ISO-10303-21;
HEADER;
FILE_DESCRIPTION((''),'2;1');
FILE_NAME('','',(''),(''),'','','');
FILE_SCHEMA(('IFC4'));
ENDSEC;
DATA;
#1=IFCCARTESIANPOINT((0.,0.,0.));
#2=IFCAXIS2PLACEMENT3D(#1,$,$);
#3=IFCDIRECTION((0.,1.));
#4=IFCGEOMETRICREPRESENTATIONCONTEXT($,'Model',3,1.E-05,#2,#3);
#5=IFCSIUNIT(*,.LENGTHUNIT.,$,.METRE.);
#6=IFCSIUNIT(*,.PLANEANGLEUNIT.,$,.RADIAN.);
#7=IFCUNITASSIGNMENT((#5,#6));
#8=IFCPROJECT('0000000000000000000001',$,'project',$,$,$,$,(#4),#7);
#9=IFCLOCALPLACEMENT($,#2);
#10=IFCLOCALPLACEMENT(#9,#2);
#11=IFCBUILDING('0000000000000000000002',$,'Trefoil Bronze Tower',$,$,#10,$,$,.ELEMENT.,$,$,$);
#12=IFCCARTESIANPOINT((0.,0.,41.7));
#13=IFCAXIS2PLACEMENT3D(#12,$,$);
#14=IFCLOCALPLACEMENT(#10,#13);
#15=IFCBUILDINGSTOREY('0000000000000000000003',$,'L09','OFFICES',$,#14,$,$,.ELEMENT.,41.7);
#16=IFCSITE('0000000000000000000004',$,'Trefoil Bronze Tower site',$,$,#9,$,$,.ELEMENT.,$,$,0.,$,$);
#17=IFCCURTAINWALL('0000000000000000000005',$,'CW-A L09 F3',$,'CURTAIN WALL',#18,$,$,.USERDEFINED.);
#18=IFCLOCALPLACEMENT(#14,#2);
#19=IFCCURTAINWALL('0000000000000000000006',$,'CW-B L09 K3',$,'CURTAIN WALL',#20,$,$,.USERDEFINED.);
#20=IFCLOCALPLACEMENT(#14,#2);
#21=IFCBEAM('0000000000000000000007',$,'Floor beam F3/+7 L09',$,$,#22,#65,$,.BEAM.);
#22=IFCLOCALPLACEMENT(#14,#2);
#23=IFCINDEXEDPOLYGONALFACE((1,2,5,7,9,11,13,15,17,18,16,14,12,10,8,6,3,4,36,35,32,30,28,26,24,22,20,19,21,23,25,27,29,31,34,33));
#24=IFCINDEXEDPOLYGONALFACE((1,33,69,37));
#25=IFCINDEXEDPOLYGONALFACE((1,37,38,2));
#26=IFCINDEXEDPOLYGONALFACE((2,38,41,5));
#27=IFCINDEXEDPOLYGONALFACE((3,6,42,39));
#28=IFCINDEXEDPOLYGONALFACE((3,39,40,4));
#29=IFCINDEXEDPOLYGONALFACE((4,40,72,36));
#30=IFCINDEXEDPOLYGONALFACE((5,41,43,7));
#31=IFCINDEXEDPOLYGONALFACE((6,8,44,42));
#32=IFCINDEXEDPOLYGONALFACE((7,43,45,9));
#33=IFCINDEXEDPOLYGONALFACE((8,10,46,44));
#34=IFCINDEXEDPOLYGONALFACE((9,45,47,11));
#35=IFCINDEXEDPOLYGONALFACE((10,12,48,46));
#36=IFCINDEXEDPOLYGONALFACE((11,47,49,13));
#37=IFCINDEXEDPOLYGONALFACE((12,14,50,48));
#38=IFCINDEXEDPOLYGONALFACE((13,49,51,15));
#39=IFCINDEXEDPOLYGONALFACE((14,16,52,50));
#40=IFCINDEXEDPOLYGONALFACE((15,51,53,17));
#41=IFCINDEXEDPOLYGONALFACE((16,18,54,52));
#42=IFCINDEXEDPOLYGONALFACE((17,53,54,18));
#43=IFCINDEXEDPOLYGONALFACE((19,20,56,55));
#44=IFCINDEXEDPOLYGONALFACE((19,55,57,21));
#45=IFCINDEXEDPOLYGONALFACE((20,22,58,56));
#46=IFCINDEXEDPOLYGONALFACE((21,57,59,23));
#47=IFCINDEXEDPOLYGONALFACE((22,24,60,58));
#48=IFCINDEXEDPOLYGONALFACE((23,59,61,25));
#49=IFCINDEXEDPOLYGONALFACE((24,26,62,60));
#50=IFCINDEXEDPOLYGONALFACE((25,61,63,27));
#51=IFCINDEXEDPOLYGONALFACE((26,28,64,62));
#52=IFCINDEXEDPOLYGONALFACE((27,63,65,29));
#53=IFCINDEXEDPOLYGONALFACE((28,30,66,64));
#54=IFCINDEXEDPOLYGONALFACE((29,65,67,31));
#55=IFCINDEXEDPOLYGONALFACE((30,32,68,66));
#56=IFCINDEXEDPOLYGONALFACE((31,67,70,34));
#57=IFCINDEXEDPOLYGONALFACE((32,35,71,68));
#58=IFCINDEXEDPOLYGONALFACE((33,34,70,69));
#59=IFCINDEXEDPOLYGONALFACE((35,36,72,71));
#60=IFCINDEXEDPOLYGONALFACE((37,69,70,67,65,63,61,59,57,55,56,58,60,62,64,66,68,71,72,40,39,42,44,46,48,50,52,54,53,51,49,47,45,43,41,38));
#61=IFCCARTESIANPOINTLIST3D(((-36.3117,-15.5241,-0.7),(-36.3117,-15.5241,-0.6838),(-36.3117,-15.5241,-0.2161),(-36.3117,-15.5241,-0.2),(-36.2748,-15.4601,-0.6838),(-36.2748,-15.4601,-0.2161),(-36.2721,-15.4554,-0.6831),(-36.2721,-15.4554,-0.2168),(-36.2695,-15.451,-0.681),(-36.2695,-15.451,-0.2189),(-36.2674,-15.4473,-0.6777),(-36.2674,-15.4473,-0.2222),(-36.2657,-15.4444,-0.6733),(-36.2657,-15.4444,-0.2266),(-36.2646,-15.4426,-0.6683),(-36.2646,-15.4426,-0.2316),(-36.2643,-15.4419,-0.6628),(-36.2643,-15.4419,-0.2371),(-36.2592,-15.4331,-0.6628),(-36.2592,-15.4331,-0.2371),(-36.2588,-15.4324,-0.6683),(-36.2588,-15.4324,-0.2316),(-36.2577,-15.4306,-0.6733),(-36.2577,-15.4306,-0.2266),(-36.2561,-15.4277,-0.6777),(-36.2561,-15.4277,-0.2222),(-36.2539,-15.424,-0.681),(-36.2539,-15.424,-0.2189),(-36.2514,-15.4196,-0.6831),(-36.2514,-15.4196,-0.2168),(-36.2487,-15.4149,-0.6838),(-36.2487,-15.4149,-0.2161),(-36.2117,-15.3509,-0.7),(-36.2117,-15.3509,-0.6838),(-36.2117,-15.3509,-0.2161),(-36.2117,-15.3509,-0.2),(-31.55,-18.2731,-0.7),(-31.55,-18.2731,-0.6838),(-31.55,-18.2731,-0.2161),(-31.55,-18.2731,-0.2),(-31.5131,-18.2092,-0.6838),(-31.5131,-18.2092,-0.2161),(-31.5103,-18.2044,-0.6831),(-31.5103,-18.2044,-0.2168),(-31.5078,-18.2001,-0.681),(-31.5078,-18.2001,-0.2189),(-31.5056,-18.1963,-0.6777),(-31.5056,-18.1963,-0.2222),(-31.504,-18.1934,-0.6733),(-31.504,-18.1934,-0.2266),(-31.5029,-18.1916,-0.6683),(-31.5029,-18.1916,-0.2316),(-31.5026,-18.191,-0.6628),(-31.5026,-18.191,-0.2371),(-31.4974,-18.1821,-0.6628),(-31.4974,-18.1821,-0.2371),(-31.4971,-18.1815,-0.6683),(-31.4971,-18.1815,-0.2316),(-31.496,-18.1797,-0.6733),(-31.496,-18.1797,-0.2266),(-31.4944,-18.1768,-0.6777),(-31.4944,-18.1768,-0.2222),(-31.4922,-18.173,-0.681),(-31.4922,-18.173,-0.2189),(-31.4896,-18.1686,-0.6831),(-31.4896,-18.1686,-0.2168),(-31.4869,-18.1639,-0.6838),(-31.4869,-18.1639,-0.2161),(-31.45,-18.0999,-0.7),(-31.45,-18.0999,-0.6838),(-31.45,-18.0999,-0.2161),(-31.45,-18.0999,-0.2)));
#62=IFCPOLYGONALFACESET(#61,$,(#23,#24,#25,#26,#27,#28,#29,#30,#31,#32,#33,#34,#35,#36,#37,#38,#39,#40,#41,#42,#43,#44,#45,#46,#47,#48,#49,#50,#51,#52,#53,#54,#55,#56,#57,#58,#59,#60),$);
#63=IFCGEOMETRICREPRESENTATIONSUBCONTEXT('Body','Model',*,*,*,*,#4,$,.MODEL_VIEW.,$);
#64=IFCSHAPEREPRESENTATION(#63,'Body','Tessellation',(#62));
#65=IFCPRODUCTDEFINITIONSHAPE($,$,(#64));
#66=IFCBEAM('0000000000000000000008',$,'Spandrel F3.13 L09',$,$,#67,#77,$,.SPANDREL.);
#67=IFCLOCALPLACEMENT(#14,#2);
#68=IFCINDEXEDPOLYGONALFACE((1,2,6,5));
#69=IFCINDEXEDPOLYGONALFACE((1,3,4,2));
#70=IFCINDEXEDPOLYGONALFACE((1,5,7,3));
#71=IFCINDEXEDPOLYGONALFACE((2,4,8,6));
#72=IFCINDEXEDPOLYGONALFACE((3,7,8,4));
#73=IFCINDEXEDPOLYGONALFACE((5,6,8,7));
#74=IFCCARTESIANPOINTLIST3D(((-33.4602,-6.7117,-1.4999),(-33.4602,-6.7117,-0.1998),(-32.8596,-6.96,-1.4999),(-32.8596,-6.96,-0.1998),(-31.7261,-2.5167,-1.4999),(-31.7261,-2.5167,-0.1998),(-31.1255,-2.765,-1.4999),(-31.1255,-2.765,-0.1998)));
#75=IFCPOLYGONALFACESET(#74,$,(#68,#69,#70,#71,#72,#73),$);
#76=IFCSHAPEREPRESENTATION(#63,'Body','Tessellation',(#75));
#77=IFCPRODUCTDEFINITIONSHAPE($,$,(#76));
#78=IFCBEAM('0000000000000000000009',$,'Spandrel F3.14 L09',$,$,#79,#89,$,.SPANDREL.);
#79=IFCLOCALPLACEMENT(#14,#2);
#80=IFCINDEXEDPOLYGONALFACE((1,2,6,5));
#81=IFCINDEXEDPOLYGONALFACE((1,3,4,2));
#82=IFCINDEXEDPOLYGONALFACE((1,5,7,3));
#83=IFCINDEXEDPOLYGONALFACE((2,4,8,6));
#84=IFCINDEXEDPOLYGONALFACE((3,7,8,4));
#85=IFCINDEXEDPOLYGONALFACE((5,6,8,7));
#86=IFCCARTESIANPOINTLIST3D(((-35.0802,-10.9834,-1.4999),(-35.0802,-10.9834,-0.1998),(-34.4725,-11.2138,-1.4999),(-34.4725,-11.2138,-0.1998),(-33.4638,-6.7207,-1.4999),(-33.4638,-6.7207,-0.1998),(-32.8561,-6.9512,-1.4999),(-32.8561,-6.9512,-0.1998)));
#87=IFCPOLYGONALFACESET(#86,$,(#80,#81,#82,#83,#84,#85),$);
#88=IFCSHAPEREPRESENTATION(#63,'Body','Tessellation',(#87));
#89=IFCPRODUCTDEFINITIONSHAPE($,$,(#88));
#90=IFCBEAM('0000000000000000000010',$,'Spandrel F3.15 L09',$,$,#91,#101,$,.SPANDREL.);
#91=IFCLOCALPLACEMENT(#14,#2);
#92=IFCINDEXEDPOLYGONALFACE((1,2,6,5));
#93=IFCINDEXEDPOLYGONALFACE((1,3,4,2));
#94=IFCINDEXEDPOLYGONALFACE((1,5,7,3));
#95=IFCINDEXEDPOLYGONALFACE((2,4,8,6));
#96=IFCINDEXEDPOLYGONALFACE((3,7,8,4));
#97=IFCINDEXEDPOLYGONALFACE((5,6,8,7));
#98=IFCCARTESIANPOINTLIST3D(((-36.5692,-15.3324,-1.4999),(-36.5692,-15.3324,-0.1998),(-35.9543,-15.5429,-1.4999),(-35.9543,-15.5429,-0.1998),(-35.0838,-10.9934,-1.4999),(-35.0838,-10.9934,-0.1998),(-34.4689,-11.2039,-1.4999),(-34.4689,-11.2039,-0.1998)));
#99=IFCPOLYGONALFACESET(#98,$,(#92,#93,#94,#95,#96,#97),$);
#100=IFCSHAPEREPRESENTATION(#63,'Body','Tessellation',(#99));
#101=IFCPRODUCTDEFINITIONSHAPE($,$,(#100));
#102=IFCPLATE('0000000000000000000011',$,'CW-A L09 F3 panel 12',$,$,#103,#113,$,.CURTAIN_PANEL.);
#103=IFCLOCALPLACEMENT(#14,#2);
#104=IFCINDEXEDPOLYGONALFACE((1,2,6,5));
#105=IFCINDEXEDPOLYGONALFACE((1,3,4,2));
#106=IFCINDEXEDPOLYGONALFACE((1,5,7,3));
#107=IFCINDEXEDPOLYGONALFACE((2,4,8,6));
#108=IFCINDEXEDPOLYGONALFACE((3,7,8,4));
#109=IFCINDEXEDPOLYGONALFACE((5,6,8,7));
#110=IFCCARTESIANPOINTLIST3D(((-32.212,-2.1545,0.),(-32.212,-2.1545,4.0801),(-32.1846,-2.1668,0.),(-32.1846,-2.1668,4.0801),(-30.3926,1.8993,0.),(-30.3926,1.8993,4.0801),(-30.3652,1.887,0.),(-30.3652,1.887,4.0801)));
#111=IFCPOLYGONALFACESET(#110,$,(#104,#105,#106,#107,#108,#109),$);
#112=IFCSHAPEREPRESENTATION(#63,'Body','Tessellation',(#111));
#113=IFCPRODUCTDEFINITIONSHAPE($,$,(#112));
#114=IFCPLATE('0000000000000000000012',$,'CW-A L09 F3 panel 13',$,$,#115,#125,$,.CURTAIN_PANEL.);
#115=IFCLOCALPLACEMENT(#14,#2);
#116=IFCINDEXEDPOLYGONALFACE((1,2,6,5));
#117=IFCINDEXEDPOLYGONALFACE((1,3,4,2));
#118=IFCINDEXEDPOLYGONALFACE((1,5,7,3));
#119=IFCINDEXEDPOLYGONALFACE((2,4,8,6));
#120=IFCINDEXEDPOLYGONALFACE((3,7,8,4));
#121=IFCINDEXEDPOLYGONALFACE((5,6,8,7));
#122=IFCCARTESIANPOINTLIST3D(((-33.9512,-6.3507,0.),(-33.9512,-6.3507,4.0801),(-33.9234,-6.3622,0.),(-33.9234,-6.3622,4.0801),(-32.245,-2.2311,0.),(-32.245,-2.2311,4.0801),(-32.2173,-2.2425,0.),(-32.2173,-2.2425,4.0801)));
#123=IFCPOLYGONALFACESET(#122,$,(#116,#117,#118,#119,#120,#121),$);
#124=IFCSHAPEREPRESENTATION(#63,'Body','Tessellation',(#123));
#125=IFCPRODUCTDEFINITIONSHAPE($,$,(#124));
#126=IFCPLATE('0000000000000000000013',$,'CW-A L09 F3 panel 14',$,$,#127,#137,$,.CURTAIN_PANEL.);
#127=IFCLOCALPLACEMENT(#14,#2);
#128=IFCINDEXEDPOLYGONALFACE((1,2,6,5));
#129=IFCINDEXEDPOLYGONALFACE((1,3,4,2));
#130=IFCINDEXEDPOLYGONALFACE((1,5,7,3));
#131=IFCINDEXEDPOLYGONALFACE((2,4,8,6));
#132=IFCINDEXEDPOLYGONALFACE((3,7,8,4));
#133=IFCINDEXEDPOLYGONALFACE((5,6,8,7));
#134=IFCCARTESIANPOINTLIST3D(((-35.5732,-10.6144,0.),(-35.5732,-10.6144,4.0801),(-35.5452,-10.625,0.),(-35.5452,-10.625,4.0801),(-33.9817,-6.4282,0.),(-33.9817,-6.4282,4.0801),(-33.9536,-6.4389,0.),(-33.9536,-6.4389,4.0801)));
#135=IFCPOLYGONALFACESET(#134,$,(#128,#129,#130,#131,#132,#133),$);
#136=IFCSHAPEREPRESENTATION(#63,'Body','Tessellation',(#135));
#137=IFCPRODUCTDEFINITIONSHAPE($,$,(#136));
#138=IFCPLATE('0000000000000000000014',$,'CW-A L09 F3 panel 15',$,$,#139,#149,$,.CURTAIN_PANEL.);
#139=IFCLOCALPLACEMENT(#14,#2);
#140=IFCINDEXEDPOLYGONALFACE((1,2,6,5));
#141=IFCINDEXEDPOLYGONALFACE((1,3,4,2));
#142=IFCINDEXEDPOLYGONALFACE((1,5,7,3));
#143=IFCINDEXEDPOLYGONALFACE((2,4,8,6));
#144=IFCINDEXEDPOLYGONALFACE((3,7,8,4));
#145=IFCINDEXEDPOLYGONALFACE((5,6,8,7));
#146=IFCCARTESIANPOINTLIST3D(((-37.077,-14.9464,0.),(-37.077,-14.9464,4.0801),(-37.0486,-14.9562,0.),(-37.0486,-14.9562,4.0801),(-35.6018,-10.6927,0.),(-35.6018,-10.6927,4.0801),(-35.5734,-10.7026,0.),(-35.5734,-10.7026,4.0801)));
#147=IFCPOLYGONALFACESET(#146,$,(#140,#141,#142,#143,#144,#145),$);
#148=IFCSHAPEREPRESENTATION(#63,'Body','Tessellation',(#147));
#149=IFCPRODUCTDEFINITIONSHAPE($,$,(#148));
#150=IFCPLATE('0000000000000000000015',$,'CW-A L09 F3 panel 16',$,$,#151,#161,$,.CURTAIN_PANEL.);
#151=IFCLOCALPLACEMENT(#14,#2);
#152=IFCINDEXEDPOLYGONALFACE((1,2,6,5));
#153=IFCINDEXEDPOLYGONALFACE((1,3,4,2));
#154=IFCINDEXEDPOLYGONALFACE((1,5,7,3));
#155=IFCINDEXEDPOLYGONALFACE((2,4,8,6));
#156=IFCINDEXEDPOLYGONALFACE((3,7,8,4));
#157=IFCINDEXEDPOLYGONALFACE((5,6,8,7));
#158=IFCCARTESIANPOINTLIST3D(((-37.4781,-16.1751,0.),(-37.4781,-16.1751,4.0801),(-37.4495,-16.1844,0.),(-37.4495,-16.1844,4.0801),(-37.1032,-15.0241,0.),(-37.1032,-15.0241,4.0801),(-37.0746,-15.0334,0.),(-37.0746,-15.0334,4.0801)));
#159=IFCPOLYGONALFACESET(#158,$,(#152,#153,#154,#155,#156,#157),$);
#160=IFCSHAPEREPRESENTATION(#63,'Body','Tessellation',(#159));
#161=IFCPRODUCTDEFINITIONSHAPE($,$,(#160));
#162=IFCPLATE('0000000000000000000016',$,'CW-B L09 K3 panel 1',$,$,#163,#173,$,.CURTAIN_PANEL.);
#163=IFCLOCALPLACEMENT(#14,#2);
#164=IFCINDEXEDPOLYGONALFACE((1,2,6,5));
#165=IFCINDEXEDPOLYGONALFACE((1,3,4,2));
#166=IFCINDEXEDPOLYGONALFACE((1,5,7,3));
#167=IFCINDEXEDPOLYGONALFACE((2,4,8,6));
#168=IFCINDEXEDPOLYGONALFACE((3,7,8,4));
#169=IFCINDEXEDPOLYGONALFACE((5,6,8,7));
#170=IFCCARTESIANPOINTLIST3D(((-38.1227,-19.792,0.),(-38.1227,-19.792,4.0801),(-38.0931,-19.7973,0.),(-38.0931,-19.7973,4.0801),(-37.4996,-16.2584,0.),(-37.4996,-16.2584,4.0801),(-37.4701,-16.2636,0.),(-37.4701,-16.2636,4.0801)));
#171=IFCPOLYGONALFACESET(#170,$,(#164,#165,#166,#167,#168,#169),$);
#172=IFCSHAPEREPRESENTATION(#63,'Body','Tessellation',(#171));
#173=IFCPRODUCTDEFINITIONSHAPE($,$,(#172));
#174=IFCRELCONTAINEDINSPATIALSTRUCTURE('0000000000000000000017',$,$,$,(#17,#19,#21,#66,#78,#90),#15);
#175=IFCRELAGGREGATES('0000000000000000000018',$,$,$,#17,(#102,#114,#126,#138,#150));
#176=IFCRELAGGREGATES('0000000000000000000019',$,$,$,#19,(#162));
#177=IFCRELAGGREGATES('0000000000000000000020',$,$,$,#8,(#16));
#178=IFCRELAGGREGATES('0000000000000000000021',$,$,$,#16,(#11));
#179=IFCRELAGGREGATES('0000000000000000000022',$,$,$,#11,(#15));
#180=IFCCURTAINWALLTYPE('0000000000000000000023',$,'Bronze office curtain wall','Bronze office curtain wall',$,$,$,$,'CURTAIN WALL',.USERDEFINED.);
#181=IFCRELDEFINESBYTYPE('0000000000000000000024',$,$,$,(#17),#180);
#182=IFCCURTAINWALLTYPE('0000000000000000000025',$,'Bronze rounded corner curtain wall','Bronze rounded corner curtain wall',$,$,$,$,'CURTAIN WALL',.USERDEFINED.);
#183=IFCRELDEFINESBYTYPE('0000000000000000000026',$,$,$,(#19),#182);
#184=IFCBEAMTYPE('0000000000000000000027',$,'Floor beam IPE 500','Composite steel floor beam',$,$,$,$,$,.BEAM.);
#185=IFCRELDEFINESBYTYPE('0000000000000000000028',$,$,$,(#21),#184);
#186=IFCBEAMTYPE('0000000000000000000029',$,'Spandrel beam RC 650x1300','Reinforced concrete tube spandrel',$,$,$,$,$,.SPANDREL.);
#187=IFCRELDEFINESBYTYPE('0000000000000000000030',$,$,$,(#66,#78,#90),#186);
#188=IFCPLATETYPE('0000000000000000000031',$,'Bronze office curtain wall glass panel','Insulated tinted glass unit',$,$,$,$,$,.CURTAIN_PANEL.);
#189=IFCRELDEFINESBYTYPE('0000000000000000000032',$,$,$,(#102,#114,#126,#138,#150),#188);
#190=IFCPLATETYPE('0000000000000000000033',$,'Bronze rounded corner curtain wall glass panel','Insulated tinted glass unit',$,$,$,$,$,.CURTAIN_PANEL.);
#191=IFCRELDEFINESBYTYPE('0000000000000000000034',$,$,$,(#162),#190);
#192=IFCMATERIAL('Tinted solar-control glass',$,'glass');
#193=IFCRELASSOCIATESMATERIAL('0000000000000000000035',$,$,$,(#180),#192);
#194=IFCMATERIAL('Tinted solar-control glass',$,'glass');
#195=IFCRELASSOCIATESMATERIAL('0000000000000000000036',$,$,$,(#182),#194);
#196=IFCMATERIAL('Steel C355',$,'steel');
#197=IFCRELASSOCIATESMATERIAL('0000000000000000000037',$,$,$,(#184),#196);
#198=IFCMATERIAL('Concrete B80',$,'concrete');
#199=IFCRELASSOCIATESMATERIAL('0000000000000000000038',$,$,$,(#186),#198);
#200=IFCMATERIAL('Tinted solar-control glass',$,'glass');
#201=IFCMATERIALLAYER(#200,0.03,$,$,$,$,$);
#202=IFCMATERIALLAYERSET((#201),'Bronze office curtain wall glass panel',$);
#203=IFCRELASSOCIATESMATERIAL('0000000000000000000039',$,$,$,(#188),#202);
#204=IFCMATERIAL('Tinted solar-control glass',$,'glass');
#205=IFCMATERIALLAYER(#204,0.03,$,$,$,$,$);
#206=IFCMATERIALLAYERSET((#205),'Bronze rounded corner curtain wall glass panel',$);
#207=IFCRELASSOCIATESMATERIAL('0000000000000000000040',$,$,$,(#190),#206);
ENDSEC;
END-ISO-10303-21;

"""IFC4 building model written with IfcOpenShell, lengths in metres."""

from ifc_helpers import new_model, si_unit, direction, frame, origin, origin_2d, place, context, subcontext, project, spatial, rectangle, i_section, extrude, material, layer, layer_set, material_profile, profile_set, type_object, element, aggregate, save


model = new_model("IFC4")

# Units and contexts
model_context = context("Model", 3, precision=1e-05, world=origin(), true_north=direction((0.0, 1.0)))
body_context = subcontext(model_context, "Body", "Model", "MODEL_VIEW")
ifc_project = project(units=[si_unit("LENGTHUNIT", "METRE"), si_unit("PLANEANGLEUNIT", "RADIAN")], contexts=[model_context])

# Site, building, storey
site_placement = place(None, origin())
site = spatial("IfcSite", under=ifc_project, at=site_placement, Name="Trefoil Bronze Tower site", CompositionType="ELEMENT", RefElevation=0.0)
building_placement = place(site_placement, origin())
building = spatial("IfcBuilding", under=site, at=building_placement, Name="Trefoil Bronze Tower", CompositionType="ELEMENT")
storey_placement = place(building_placement, frame((0.0, 0.0, 41.7)))
storey = spatial("IfcBuildingStorey", under=building, at=storey_placement, Name="L09", Description="OFFICES", CompositionType="ELEMENT", Elevation=41.7)

# Curtain walls
ifc_material_1 = material(Name="Tinted solar-control glass", Category="glass")
curtain_wall_type_1 = type_object("IfcCurtainWallType", Name="Bronze office curtain wall", Description="Bronze office curtain wall", ElementType="CURTAIN WALL", PredefinedType="USERDEFINED", material=ifc_material_1)
curtain_wall_1_placement = place(storey_placement, origin())
curtain_wall_1 = element("IfcCurtainWall", 1, at=curtain_wall_1_placement, inside=storey, type_object=curtain_wall_type_1, Name="CW-A L09 F3", ObjectType="CURTAIN WALL", PredefinedType="USERDEFINED")
ifc_material_2 = material(Name="Tinted solar-control glass", Category="glass")
curtain_wall_type_2 = type_object("IfcCurtainWallType", Name="Bronze rounded corner curtain wall", Description="Bronze rounded corner curtain wall", ElementType="CURTAIN WALL", PredefinedType="USERDEFINED", material=ifc_material_2)
curtain_wall_2_placement = place(storey_placement, origin())
curtain_wall_2 = element("IfcCurtainWall", 2, at=curtain_wall_2_placement, inside=storey, type_object=curtain_wall_type_2, Name="CW-B L09 K3", ObjectType="CURTAIN WALL", PredefinedType="USERDEFINED")

# Beams
ifc_material_3 = material(Name="Steel C355", Category="steel")
ifc_material_profile_1 = material_profile(ifc_material_3, i_section(OverallWidth=0.2, OverallDepth=0.5, WebThickness=0.0103, FlangeThickness=0.0161, FilletRadius=0.021, at=origin_2d()), Name="IPE 500")
ifc_profile_set_1 = profile_set([ifc_material_profile_1], Name="Steel C355")
beam_type_1 = type_object("IfcBeamType", Name="Floor beam IPE 500", Description="Composite steel floor beam", PredefinedType="BEAM", material=ifc_profile_set_1)
beam_1_placement = place(storey_placement, frame((-36.2617, -15.4375, -0.45), z_axis=(0.866038, -0.499979, 0.0), x_axis=(0.499979, 0.866038, 0.0)))
element("IfcBeam", 3, at=beam_1_placement, inside=storey, type_object=beam_type_1, Name="Floor beam F3/+7 L09", PredefinedType="BEAM", context=body_context, shape_type="SweptSolid", body=[
    extrude(i_section(OverallWidth=0.2, OverallDepth=0.5, WebThickness=0.0103, FlangeThickness=0.0161, FilletRadius=0.021, at=origin_2d()), origin(), (0.0, 0.0, 1.0), 5.4983),
])
ifc_material_4 = material(Name="Concrete B80", Category="concrete")
ifc_material_profile_2 = material_profile(ifc_material_4, rectangle(XDim=0.6499, YDim=1.3, at=origin_2d()), Name="RC 650x1300")
ifc_profile_set_2 = profile_set([ifc_material_profile_2], Name="Concrete B80")
beam_type_2 = type_object("IfcBeamType", Name="Spandrel beam RC 650x1300", Description="Reinforced concrete tube spandrel", PredefinedType="SPANDREL", material=ifc_profile_set_2)
beam_2_placement = place(storey_placement, frame((-31.4258, -2.6409, -0.8499), z_axis=(-0.382021, -0.924154, 0.0), x_axis=(0.924154, -0.382021, 0.0)))
element("IfcBeam", 4, at=beam_2_placement, inside=storey, type_object=beam_type_2, Name="Spandrel F3.13 L09", PredefinedType="SPANDREL", context=body_context, shape_type="SweptSolid", body=[
    extrude(rectangle(XDim=0.6499, YDim=1.3, at=origin_2d()), origin(), (0.0, 0.0, 1.0), 4.5393),
])
beam_3_placement = place(storey_placement, frame((-33.1599, -6.8359, -0.8499), z_axis=(-0.354572, -0.935029, 0.0), x_axis=(0.935029, -0.354572, 0.0)))
element("IfcBeam", 5, at=beam_3_placement, inside=storey, type_object=beam_type_2, Name="Spandrel F3.14 L09", PredefinedType="SPANDREL", context=body_context, shape_type="SweptSolid", body=[
    extrude(rectangle(XDim=0.6499, YDim=1.3, at=origin_2d()), origin(), (0.0, 0.0, 1.0), 4.5588),
])
beam_4_placement = place(storey_placement, frame((-34.7764, -11.0986, -0.8499), z_axis=(-0.323883, -0.946097, 0.0), x_axis=(0.946097, -0.323883, 0.0)))
element("IfcBeam", 6, at=beam_4_placement, inside=storey, type_object=beam_type_2, Name="Spandrel F3.15 L09", PredefinedType="SPANDREL", context=body_context, shape_type="SweptSolid", body=[
    extrude(rectangle(XDim=0.6499, YDim=1.3, at=origin_2d()), origin(), (0.0, 0.0, 1.0), 4.5862),
])

# Plates
ifc_material_5 = material(Name="Tinted solar-control glass", Category="glass")
ifc_layer_1 = layer(ifc_material_5, 0.03)
ifc_layer_set_1 = layer_set([ifc_layer_1], Name="Bronze office curtain wall glass panel")
plate_type_1 = type_object("IfcPlateType", Name="Bronze office curtain wall glass panel", Description="Insulated tinted glass unit", PredefinedType="CURTAIN_PANEL", material=ifc_layer_set_1)
plate_1_placement = place(storey_placement, frame((-31.2886, -0.1338, 0.0), z_axis=(0.0, 0.0, 1.0), x_axis=(-0.409456, -0.91233, 0.0)))
plate_1 = element("IfcPlate", 7, at=plate_1_placement, type_object=plate_type_1, Name="CW-A L09 F3 panel 12", PredefinedType="CURTAIN_PANEL", context=body_context, shape_type="SweptSolid", body=[
    extrude(rectangle(XDim=4.4434, YDim=0.03, at=origin_2d()), origin(), (0.0, 0.0, 1.0), 4.0801),
])
plate_2_placement = place(storey_placement, frame((-33.0842, -4.2966, 0.0), z_axis=(0.0, 0.0, 1.0), x_axis=(-0.38263, -0.923902, 0.0)))
plate_2 = element("IfcPlate", 8, at=plate_2_placement, type_object=plate_type_1, Name="CW-A L09 F3 panel 13", PredefinedType="CURTAIN_PANEL", context=body_context, shape_type="SweptSolid", body=[
    extrude(rectangle(XDim=4.459, YDim=0.03, at=origin_2d()), origin(), (0.0, 0.0, 1.0), 4.0801),
])
plate_3_placement = place(storey_placement, frame((-34.7634, -8.5266, 0.0), z_axis=(0.0, 0.0, 1.0), x_axis=(-0.355371, -0.934725, 0.0)))
plate_3 = element("IfcPlate", 9, at=plate_3_placement, type_object=plate_type_1, Name="CW-A L09 F3 panel 14", PredefinedType="CURTAIN_PANEL", context=body_context, shape_type="SweptSolid", body=[
    extrude(rectangle(XDim=4.4785, YDim=0.03, at=origin_2d()), origin(), (0.0, 0.0, 1.0), 4.0801),
])
plate_4_placement = place(storey_placement, frame((-36.3252, -12.8245, 0.0), z_axis=(0.0, 0.0, 1.0), x_axis=(-0.327674, -0.944791, 0.0)))
plate_4 = element("IfcPlate", 10, at=plate_4_placement, type_object=plate_type_1, Name="CW-A L09 F3 panel 15", PredefinedType="CURTAIN_PANEL", context=body_context, shape_type="SweptSolid", body=[
    extrude(rectangle(XDim=4.5022, YDim=0.03, at=origin_2d()), origin(), (0.0, 0.0, 1.0), 4.0801),
])
plate_5_placement = place(storey_placement, frame((-37.2764, -15.6042, 0.0), z_axis=(0.0, 0.0, 1.0), x_axis=(-0.309728, -0.950825, 0.0)))
plate_5 = element("IfcPlate", 11, at=plate_5_placement, type_object=plate_type_1, Name="CW-A L09 F3 panel 16", PredefinedType="CURTAIN_PANEL", context=body_context, shape_type="SweptSolid", body=[
    extrude(rectangle(XDim=1.2104, YDim=0.03, at=origin_2d()), origin(), (0.0, 0.0, 1.0), 4.0801),
])
aggregate(curtain_wall_1, [plate_1, plate_2, plate_3, plate_4, plate_5])
ifc_material_6 = material(Name="Tinted solar-control glass", Category="glass")
ifc_layer_2 = layer(ifc_material_6, 0.03)
ifc_layer_set_2 = layer_set([ifc_layer_2], Name="Bronze rounded corner curtain wall glass panel")
plate_type_2 = type_object("IfcPlateType", Name="Bronze rounded corner curtain wall glass panel", Description="Insulated tinted glass unit", PredefinedType="CURTAIN_PANEL", material=ifc_layer_set_2)
plate_6_placement = place(storey_placement, frame((-37.7964, -18.0278, 0.0), z_axis=(0.0, 0.0, 1.0), x_axis=(-0.173648, -0.984808, 0.0)))
plate_6 = element("IfcPlate", 12, at=plate_6_placement, type_object=plate_type_2, Name="CW-B L09 K3 panel 1", PredefinedType="CURTAIN_PANEL", context=body_context, shape_type="SweptSolid", body=[
    extrude(rectangle(XDim=3.5881, YDim=0.03, at=origin_2d()), origin(), (0.0, 0.0, 1.0), 4.0801),
])
aggregate(curtain_wall_2, [plate_6])

save(model, "model.ifc")
